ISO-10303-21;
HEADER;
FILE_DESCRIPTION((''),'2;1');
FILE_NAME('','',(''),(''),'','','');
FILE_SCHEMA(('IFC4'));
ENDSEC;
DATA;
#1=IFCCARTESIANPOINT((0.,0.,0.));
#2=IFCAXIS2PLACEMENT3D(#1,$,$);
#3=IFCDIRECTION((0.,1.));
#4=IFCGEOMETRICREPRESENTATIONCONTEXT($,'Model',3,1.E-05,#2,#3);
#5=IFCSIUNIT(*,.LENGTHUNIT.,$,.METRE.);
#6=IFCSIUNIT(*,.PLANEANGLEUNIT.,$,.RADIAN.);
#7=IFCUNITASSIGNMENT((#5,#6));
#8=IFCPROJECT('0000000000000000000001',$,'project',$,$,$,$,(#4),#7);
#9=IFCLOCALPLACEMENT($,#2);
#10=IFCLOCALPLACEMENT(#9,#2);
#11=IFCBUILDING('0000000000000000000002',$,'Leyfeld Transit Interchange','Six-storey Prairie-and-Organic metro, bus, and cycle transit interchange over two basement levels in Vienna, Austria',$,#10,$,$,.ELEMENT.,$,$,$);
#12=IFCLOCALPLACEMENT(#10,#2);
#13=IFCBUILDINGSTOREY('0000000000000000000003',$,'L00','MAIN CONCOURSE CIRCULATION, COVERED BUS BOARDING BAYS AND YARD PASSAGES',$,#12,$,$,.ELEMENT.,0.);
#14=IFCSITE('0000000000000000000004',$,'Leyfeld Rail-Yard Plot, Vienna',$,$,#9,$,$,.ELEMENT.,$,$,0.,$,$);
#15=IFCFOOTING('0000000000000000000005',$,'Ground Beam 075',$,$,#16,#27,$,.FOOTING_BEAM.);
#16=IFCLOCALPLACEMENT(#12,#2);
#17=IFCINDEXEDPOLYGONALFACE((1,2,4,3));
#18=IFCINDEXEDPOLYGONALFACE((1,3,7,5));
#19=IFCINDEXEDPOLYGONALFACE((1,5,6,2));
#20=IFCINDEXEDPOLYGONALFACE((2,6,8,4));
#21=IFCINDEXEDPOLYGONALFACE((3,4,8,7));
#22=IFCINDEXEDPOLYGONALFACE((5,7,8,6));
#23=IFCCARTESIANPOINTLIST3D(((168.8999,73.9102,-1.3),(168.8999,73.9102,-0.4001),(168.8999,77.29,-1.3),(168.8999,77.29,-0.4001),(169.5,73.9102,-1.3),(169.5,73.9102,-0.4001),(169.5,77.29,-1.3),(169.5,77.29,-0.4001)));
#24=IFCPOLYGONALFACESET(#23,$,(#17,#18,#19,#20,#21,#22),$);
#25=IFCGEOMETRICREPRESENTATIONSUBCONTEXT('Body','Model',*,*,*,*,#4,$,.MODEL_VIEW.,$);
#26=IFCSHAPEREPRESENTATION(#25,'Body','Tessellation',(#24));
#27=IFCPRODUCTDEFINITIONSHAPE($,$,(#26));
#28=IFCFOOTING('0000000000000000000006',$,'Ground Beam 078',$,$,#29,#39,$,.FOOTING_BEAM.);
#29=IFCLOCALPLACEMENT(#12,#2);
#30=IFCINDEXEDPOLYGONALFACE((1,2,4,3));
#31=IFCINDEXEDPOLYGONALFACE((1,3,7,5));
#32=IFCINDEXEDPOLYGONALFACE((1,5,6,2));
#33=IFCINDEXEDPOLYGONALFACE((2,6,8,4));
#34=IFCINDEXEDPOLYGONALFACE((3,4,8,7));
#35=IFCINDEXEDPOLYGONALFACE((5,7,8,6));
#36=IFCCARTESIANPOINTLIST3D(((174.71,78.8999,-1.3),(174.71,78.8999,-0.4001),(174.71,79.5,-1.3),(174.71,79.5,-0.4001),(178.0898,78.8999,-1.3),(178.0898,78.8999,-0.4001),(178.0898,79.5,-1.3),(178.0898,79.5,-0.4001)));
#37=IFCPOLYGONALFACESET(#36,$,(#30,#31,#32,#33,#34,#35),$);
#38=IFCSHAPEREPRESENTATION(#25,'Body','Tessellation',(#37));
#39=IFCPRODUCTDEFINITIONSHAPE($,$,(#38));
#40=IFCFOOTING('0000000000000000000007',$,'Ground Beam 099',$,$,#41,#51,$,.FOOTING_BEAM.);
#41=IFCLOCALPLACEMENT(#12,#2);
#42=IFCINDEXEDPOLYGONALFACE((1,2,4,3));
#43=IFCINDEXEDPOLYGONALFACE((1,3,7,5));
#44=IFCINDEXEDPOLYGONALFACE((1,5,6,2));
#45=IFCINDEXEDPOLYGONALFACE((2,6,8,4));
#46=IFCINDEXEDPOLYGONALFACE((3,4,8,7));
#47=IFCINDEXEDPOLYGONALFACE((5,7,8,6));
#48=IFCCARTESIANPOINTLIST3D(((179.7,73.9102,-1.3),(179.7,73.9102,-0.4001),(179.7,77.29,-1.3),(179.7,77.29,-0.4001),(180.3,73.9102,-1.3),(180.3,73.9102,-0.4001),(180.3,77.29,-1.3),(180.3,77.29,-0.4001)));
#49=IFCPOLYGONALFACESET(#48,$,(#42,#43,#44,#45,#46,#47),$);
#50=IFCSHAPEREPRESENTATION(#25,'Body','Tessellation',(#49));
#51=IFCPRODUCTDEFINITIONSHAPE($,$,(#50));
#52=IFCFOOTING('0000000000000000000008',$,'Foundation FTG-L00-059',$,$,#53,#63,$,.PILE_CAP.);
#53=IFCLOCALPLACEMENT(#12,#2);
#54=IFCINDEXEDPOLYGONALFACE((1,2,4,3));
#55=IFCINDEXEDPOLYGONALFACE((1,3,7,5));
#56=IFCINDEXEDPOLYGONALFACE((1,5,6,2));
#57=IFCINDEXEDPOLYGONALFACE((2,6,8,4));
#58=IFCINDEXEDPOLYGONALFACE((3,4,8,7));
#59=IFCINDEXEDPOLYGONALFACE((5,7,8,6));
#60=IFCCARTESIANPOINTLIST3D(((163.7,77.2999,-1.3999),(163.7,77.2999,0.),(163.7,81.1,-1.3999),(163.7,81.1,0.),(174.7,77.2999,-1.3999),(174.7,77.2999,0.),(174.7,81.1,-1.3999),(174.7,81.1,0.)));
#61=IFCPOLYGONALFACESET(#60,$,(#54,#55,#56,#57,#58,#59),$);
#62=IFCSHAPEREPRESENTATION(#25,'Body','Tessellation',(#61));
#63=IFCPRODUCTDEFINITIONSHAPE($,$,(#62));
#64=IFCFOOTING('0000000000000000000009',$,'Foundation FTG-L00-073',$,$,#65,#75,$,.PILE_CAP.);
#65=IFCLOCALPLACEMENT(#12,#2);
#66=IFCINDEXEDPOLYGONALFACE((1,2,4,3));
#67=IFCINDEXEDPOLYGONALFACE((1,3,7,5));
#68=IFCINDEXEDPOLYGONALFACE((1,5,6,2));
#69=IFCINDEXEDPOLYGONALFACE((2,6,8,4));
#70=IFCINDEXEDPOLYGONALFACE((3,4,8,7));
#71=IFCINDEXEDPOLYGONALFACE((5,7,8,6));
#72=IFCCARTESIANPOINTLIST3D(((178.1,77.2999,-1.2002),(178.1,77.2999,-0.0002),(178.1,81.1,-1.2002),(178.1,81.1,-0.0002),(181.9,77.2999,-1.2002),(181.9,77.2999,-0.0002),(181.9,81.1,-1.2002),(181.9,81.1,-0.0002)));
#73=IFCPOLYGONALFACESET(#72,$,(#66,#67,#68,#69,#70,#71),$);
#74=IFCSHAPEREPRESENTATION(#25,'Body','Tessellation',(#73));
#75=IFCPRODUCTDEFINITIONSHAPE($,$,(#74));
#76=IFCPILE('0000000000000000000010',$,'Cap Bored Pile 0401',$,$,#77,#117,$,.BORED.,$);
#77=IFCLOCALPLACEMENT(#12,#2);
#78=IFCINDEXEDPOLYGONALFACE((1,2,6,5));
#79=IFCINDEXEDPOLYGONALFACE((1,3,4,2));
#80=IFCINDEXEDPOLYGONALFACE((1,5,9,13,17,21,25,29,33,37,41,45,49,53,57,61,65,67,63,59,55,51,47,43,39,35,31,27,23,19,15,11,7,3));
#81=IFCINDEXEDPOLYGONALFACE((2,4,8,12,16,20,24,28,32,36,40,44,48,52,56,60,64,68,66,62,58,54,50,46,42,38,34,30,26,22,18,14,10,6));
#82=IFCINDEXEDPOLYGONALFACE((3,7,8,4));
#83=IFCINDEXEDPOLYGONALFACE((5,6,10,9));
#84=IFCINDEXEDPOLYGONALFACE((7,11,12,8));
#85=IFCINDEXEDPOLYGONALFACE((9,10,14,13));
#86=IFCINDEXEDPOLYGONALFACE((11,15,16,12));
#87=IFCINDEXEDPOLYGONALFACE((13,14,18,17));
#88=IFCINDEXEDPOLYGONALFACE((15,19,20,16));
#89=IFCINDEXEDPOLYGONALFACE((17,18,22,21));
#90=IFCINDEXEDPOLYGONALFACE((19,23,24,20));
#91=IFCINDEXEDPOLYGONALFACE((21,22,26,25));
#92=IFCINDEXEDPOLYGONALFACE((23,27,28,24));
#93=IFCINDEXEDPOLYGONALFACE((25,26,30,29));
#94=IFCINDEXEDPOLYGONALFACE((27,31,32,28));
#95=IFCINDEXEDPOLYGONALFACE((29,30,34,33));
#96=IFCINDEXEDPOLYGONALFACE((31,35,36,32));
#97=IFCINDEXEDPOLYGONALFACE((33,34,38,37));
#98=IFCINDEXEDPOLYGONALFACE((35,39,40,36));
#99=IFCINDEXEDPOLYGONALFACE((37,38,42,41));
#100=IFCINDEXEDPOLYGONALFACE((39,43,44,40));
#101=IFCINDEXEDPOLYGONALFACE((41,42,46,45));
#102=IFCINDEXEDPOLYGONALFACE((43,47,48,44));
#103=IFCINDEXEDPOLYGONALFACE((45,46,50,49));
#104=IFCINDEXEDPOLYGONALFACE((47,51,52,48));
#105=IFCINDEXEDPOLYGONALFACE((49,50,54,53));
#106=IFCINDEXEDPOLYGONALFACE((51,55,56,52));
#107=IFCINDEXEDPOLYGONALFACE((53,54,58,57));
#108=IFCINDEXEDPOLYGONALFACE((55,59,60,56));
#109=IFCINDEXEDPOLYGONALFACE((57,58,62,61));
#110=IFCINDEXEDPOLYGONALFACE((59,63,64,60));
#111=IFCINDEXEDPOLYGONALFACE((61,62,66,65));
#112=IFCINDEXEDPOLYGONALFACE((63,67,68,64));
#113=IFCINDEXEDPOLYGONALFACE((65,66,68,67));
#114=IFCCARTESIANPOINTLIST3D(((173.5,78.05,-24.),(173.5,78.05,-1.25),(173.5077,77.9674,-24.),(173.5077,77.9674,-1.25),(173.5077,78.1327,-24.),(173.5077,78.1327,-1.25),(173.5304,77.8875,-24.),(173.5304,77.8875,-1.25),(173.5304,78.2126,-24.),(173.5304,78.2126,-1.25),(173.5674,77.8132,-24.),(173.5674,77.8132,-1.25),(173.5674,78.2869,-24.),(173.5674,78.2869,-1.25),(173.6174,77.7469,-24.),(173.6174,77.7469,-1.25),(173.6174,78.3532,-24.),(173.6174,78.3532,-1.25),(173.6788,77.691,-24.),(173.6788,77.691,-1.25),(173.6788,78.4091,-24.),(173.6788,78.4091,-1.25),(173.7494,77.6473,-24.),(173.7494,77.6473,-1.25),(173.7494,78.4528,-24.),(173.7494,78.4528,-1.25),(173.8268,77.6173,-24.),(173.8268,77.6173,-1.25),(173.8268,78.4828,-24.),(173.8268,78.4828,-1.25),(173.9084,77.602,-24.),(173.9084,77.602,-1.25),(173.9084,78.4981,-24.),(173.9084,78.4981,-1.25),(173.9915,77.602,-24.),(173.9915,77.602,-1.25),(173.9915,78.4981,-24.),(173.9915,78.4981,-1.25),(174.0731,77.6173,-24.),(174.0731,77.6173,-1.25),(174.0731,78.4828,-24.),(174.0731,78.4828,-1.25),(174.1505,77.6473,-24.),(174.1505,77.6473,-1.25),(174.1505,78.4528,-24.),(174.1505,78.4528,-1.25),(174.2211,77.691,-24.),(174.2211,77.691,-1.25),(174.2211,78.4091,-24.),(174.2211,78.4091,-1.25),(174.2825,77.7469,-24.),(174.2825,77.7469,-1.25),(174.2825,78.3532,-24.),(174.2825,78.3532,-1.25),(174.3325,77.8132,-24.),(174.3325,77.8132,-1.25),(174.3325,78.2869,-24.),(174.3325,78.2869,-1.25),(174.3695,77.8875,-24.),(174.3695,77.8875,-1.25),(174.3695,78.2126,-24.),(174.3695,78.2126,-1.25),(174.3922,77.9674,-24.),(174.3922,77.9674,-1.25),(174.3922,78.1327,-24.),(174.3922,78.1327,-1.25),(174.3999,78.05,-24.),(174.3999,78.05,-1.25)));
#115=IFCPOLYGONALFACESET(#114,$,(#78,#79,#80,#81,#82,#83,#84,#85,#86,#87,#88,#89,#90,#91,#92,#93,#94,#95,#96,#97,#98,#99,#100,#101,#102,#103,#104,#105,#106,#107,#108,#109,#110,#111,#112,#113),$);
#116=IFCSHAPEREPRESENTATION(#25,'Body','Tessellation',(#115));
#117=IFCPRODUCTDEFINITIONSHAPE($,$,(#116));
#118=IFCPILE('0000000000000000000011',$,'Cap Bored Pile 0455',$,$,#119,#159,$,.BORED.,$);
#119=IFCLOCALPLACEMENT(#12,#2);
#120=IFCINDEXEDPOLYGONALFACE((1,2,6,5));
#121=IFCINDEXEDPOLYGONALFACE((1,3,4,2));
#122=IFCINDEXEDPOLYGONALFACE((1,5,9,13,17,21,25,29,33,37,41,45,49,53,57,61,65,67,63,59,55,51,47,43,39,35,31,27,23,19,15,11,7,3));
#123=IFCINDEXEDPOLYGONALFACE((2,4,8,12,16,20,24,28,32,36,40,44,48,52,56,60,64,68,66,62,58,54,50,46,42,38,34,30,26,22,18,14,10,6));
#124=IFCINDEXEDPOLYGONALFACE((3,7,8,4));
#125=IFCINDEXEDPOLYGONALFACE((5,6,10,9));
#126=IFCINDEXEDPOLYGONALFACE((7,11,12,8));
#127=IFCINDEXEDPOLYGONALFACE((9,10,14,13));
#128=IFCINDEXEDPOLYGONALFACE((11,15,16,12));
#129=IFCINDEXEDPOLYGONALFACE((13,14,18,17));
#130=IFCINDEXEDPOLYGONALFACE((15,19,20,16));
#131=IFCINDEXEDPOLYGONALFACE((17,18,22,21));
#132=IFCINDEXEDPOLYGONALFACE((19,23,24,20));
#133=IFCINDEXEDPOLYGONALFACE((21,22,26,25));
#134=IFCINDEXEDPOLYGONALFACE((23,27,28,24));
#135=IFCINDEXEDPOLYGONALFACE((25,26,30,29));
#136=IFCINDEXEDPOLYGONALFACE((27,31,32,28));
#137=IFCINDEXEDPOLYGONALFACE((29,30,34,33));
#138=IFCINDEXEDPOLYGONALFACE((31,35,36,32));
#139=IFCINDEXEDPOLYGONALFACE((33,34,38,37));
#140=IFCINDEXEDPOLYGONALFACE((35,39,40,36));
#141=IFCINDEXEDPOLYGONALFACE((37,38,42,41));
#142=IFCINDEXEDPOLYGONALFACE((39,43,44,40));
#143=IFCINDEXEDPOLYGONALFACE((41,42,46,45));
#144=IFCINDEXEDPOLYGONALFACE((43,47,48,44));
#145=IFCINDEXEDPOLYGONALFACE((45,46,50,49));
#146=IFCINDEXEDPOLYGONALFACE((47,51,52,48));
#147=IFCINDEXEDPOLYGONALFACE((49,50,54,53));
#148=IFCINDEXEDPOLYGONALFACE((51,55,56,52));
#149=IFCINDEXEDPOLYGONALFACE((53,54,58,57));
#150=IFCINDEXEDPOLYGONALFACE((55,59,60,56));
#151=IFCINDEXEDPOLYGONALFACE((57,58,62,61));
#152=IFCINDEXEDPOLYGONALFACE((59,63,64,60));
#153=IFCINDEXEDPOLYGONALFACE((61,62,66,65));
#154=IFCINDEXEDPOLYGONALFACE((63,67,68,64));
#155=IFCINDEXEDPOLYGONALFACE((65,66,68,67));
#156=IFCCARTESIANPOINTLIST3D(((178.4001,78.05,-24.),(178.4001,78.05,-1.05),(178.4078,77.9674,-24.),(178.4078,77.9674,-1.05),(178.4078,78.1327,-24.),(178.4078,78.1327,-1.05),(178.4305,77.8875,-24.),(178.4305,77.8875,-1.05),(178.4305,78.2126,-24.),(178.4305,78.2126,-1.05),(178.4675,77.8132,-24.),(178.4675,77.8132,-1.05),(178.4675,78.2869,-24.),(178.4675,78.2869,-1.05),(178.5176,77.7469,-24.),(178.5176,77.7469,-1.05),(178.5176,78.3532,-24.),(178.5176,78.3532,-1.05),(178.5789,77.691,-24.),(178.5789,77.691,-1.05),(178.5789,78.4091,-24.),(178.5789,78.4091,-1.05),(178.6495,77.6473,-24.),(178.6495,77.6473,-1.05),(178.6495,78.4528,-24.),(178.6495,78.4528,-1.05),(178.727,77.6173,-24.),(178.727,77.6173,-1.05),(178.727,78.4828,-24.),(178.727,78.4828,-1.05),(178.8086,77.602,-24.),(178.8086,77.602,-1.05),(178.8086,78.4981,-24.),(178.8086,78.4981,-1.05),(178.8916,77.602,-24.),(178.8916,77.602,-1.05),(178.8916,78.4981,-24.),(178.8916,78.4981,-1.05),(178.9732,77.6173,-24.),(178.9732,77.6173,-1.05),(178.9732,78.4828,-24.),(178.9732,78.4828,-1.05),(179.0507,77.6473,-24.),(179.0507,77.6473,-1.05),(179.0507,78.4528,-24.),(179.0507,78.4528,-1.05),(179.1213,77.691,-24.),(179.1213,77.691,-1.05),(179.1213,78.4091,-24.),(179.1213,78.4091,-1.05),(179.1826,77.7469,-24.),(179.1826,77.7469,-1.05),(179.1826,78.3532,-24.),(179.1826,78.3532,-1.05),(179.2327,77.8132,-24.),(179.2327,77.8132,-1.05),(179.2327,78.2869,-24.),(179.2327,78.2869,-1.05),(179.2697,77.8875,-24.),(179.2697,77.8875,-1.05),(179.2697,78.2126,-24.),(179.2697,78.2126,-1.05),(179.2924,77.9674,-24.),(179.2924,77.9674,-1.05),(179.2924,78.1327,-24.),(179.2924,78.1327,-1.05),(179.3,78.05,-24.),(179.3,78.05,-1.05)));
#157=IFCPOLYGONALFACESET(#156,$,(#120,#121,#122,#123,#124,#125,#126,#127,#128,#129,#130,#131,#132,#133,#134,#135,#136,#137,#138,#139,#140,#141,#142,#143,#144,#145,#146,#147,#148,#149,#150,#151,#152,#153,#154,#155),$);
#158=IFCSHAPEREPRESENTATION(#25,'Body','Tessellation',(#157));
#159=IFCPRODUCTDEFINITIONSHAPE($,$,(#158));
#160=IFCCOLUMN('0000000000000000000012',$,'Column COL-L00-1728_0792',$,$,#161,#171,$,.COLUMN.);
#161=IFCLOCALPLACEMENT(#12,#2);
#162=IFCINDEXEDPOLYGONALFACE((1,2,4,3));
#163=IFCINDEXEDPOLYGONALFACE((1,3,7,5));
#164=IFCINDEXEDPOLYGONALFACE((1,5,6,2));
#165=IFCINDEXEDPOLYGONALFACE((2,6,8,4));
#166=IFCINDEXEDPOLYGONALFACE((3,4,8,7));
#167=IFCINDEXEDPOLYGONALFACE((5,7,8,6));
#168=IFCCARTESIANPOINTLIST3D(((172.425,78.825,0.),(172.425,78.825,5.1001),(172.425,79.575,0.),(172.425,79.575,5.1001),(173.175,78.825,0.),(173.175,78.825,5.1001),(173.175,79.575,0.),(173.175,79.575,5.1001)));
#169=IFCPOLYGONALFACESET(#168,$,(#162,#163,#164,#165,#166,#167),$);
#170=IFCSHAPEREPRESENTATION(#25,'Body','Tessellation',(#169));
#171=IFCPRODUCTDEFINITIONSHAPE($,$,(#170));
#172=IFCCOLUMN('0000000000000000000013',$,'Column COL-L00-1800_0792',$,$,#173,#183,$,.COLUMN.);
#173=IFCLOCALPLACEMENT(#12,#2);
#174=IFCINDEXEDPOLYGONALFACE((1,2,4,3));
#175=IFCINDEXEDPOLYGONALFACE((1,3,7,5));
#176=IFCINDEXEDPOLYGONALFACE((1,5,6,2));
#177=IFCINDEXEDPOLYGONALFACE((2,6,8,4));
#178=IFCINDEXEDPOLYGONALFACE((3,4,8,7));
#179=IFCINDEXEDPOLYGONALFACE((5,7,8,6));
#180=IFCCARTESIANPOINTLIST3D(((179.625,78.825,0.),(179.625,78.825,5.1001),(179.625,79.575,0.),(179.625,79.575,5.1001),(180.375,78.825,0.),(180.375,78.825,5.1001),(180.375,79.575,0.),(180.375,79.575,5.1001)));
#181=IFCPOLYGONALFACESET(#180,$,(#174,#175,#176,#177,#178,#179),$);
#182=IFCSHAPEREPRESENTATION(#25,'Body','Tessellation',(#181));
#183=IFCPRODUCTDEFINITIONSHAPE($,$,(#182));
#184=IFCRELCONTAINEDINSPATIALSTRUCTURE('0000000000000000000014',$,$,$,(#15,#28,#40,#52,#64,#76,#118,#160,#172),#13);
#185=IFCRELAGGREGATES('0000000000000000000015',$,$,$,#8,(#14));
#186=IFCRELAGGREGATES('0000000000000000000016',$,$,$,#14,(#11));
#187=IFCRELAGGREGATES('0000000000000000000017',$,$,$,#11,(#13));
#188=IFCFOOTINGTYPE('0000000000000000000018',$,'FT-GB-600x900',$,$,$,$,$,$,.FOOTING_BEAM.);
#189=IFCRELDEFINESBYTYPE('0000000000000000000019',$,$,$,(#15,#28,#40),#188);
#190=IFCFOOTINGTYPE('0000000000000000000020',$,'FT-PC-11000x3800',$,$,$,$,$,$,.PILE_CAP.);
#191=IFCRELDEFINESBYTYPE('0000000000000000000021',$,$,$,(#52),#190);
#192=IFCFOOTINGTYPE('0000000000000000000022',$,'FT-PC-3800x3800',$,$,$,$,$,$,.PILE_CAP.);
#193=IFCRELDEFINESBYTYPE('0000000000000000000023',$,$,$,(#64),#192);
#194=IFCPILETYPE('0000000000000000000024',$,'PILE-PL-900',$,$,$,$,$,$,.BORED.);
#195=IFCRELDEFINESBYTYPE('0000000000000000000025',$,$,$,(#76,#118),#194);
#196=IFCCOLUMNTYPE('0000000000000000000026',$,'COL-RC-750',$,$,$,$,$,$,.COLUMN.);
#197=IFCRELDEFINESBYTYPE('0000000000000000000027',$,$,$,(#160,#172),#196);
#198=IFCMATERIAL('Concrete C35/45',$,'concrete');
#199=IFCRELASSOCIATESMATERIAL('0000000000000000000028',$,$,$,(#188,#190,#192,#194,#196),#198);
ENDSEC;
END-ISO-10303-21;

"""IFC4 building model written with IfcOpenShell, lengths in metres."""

from ifc_helpers import new_model, si_unit, direction, frame, origin, origin_2d, place, context, subcontext, project, spatial, rectangle, circle, extrude, material, material_profile, profile_set, type_object, element, save


model = new_model("IFC4")

# Units and contexts
model_context = context("Model", 3, precision=1e-05, world=origin(), true_north=direction((0.0, 1.0)))
body_context = subcontext(model_context, "Body", "Model", "MODEL_VIEW")
ifc_project = project(units=[si_unit("LENGTHUNIT", "METRE"), si_unit("PLANEANGLEUNIT", "RADIAN")], contexts=[model_context])

# Site, building, storey
site_placement = place(None, origin())
site = spatial("IfcSite", under=ifc_project, at=site_placement, Name="Leyfeld Rail-Yard Plot, Vienna", CompositionType="ELEMENT", RefElevation=0.0)
building_placement = place(site_placement, origin())
building = spatial("IfcBuilding", under=site, at=building_placement, Name="Leyfeld Transit Interchange", Description="Six-storey Prairie-and-Organic metro, bus, and cycle transit interchange over two basement levels in Vienna, Austria", CompositionType="ELEMENT")
storey_placement = place(building_placement, origin())
storey = spatial("IfcBuildingStorey", under=building, at=storey_placement, Name="L00", Description="MAIN CONCOURSE CIRCULATION, COVERED BUS BOARDING BAYS AND YARD PASSAGES", CompositionType="ELEMENT", Elevation=0.0)

# Footings
ifc_material_1 = material(Name="Concrete C35/45", Category="concrete")
footing_type_1 = type_object("IfcFootingType", Name="FT-GB-600x900", PredefinedType="FOOTING_BEAM", material=ifc_material_1)
footing_1_placement = place(storey_placement, frame((169.2, 75.6001, -1.3), z_axis=(0.0, 0.0, 1.0), x_axis=(1.0, 0.0, 0.0)))
element("IfcFooting", 1, at=footing_1_placement, inside=storey, type_object=footing_type_1, Name="Ground Beam 075", PredefinedType="FOOTING_BEAM", context=body_context, shape_type="SweptSolid", body=[
    extrude(rectangle(XDim=0.6001, YDim=3.3799, at=origin_2d()), origin(), (0.0, 0.0, 1.0), 0.8999),
])
footing_2_placement = place(storey_placement, frame((176.3999, 79.2, -1.3), z_axis=(0.0, 0.0, 1.0), x_axis=(1.0, 0.0, 0.0)))
element("IfcFooting", 2, at=footing_2_placement, inside=storey, type_object=footing_type_1, Name="Ground Beam 078", PredefinedType="FOOTING_BEAM", context=body_context, shape_type="SweptSolid", body=[
    extrude(rectangle(XDim=3.3799, YDim=0.6001, at=origin_2d()), origin(), (0.0, 0.0, 1.0), 0.8999),
])
footing_3_placement = place(storey_placement, frame((180.0, 75.6001, -1.3), z_axis=(0.0, 0.0, 1.0), x_axis=(1.0, 0.0, 0.0)))
element("IfcFooting", 3, at=footing_3_placement, inside=storey, type_object=footing_type_1, Name="Ground Beam 099", PredefinedType="FOOTING_BEAM", context=body_context, shape_type="SweptSolid", body=[
    extrude(rectangle(XDim=0.6001, YDim=3.3799, at=origin_2d()), origin(), (0.0, 0.0, 1.0), 0.8999),
])
footing_type_2 = type_object("IfcFootingType", Name="FT-PC-11000x3800", PredefinedType="PILE_CAP", material=ifc_material_1)
footing_4_placement = place(storey_placement, frame((169.2, 79.2, -1.3999), z_axis=(0.0, 0.0, 1.0), x_axis=(1.0, 0.0, 0.0)))
element("IfcFooting", 4, at=footing_4_placement, inside=storey, type_object=footing_type_2, Name="Foundation FTG-L00-059", PredefinedType="PILE_CAP", context=body_context, shape_type="SweptSolid", body=[
    extrude(rectangle(XDim=11.0, YDim=3.8, at=origin_2d()), origin(), (0.0, 0.0, 1.0), 1.3999),
])
footing_type_3 = type_object("IfcFootingType", Name="FT-PC-3800x3800", PredefinedType="PILE_CAP", material=ifc_material_1)
footing_5_placement = place(storey_placement, frame((180.0, 79.2, -1.2002), z_axis=(0.0, 0.0, 1.0), x_axis=(1.0, 0.0, 0.0)))
element("IfcFooting", 5, at=footing_5_placement, inside=storey, type_object=footing_type_3, Name="Foundation FTG-L00-073", PredefinedType="PILE_CAP", context=body_context, shape_type="SweptSolid", body=[
    extrude(rectangle(XDim=3.8, YDim=3.8, at=origin_2d()), origin(), (0.0, 0.0, 1.0), 1.2),
])

# Piles
ifc_material_profile_1 = material_profile(ifc_material_1, circle(Radius=0.45, at=origin_2d()), Name="PILE D900")
ifc_profile_set_1 = profile_set([ifc_material_profile_1], Name="Concrete C35/45")
pile_type = type_object("IfcPileType", Name="PILE-PL-900", PredefinedType="BORED", material=ifc_profile_set_1)
pile_1_placement = place(storey_placement, frame((173.95, 78.05, -1.25), z_axis=(0.0, 0.0, -1.0), x_axis=(1.0, 0.0, 0.0)))
element("IfcPile", 6, at=pile_1_placement, inside=storey, type_object=pile_type, Name="Cap Bored Pile 0401", PredefinedType="BORED", context=body_context, shape_type="SweptSolid", body=[
    extrude(circle(Radius=0.45, at=origin_2d()), origin(), (0.0, 0.0, 1.0), 22.75),
])
pile_2_placement = place(storey_placement, frame((178.8501, 78.05, -1.05), z_axis=(0.0, 0.0, -1.0), x_axis=(1.0, 0.0, 0.0)))
element("IfcPile", 7, at=pile_2_placement, inside=storey, type_object=pile_type, Name="Cap Bored Pile 0455", PredefinedType="BORED", context=body_context, shape_type="SweptSolid", body=[
    extrude(circle(Radius=0.45, at=origin_2d()), origin(), (0.0, 0.0, 1.0), 22.95),
])

# Columns
ifc_material_profile_2 = material_profile(ifc_material_1, rectangle(XDim=0.75, YDim=0.75, at=origin_2d()), Name="RC 750x750")
ifc_profile_set_2 = profile_set([ifc_material_profile_2], Name="Concrete C35/45")
column_type = type_object("IfcColumnType", Name="COL-RC-750", PredefinedType="COLUMN", material=ifc_profile_set_2)
for number, where, z_axis, x_axis, name in (
    (8, (172.8, 79.2, 0.0), (0.0, 0.0, 1.0), (1.0, 0.0, 0.0), "Column COL-L00-1728_0792"),
    (9, (180.0, 79.2, 0.0), (0.0, 0.0, 1.0), (1.0, 0.0, 0.0), "Column COL-L00-1800_0792"),
):
    element("IfcColumn", number, at=place(storey_placement, frame(where, z_axis=z_axis, x_axis=x_axis)), inside=storey, type_object=column_type, Name=name, PredefinedType="COLUMN", context=body_context, shape_type="SweptSolid", body=[
        extrude(rectangle(XDim=0.75, YDim=0.75, at=origin_2d()), origin(), (0.0, 0.0, 1.0), 5.1001),
    ])

save(model, "model.ifc")
